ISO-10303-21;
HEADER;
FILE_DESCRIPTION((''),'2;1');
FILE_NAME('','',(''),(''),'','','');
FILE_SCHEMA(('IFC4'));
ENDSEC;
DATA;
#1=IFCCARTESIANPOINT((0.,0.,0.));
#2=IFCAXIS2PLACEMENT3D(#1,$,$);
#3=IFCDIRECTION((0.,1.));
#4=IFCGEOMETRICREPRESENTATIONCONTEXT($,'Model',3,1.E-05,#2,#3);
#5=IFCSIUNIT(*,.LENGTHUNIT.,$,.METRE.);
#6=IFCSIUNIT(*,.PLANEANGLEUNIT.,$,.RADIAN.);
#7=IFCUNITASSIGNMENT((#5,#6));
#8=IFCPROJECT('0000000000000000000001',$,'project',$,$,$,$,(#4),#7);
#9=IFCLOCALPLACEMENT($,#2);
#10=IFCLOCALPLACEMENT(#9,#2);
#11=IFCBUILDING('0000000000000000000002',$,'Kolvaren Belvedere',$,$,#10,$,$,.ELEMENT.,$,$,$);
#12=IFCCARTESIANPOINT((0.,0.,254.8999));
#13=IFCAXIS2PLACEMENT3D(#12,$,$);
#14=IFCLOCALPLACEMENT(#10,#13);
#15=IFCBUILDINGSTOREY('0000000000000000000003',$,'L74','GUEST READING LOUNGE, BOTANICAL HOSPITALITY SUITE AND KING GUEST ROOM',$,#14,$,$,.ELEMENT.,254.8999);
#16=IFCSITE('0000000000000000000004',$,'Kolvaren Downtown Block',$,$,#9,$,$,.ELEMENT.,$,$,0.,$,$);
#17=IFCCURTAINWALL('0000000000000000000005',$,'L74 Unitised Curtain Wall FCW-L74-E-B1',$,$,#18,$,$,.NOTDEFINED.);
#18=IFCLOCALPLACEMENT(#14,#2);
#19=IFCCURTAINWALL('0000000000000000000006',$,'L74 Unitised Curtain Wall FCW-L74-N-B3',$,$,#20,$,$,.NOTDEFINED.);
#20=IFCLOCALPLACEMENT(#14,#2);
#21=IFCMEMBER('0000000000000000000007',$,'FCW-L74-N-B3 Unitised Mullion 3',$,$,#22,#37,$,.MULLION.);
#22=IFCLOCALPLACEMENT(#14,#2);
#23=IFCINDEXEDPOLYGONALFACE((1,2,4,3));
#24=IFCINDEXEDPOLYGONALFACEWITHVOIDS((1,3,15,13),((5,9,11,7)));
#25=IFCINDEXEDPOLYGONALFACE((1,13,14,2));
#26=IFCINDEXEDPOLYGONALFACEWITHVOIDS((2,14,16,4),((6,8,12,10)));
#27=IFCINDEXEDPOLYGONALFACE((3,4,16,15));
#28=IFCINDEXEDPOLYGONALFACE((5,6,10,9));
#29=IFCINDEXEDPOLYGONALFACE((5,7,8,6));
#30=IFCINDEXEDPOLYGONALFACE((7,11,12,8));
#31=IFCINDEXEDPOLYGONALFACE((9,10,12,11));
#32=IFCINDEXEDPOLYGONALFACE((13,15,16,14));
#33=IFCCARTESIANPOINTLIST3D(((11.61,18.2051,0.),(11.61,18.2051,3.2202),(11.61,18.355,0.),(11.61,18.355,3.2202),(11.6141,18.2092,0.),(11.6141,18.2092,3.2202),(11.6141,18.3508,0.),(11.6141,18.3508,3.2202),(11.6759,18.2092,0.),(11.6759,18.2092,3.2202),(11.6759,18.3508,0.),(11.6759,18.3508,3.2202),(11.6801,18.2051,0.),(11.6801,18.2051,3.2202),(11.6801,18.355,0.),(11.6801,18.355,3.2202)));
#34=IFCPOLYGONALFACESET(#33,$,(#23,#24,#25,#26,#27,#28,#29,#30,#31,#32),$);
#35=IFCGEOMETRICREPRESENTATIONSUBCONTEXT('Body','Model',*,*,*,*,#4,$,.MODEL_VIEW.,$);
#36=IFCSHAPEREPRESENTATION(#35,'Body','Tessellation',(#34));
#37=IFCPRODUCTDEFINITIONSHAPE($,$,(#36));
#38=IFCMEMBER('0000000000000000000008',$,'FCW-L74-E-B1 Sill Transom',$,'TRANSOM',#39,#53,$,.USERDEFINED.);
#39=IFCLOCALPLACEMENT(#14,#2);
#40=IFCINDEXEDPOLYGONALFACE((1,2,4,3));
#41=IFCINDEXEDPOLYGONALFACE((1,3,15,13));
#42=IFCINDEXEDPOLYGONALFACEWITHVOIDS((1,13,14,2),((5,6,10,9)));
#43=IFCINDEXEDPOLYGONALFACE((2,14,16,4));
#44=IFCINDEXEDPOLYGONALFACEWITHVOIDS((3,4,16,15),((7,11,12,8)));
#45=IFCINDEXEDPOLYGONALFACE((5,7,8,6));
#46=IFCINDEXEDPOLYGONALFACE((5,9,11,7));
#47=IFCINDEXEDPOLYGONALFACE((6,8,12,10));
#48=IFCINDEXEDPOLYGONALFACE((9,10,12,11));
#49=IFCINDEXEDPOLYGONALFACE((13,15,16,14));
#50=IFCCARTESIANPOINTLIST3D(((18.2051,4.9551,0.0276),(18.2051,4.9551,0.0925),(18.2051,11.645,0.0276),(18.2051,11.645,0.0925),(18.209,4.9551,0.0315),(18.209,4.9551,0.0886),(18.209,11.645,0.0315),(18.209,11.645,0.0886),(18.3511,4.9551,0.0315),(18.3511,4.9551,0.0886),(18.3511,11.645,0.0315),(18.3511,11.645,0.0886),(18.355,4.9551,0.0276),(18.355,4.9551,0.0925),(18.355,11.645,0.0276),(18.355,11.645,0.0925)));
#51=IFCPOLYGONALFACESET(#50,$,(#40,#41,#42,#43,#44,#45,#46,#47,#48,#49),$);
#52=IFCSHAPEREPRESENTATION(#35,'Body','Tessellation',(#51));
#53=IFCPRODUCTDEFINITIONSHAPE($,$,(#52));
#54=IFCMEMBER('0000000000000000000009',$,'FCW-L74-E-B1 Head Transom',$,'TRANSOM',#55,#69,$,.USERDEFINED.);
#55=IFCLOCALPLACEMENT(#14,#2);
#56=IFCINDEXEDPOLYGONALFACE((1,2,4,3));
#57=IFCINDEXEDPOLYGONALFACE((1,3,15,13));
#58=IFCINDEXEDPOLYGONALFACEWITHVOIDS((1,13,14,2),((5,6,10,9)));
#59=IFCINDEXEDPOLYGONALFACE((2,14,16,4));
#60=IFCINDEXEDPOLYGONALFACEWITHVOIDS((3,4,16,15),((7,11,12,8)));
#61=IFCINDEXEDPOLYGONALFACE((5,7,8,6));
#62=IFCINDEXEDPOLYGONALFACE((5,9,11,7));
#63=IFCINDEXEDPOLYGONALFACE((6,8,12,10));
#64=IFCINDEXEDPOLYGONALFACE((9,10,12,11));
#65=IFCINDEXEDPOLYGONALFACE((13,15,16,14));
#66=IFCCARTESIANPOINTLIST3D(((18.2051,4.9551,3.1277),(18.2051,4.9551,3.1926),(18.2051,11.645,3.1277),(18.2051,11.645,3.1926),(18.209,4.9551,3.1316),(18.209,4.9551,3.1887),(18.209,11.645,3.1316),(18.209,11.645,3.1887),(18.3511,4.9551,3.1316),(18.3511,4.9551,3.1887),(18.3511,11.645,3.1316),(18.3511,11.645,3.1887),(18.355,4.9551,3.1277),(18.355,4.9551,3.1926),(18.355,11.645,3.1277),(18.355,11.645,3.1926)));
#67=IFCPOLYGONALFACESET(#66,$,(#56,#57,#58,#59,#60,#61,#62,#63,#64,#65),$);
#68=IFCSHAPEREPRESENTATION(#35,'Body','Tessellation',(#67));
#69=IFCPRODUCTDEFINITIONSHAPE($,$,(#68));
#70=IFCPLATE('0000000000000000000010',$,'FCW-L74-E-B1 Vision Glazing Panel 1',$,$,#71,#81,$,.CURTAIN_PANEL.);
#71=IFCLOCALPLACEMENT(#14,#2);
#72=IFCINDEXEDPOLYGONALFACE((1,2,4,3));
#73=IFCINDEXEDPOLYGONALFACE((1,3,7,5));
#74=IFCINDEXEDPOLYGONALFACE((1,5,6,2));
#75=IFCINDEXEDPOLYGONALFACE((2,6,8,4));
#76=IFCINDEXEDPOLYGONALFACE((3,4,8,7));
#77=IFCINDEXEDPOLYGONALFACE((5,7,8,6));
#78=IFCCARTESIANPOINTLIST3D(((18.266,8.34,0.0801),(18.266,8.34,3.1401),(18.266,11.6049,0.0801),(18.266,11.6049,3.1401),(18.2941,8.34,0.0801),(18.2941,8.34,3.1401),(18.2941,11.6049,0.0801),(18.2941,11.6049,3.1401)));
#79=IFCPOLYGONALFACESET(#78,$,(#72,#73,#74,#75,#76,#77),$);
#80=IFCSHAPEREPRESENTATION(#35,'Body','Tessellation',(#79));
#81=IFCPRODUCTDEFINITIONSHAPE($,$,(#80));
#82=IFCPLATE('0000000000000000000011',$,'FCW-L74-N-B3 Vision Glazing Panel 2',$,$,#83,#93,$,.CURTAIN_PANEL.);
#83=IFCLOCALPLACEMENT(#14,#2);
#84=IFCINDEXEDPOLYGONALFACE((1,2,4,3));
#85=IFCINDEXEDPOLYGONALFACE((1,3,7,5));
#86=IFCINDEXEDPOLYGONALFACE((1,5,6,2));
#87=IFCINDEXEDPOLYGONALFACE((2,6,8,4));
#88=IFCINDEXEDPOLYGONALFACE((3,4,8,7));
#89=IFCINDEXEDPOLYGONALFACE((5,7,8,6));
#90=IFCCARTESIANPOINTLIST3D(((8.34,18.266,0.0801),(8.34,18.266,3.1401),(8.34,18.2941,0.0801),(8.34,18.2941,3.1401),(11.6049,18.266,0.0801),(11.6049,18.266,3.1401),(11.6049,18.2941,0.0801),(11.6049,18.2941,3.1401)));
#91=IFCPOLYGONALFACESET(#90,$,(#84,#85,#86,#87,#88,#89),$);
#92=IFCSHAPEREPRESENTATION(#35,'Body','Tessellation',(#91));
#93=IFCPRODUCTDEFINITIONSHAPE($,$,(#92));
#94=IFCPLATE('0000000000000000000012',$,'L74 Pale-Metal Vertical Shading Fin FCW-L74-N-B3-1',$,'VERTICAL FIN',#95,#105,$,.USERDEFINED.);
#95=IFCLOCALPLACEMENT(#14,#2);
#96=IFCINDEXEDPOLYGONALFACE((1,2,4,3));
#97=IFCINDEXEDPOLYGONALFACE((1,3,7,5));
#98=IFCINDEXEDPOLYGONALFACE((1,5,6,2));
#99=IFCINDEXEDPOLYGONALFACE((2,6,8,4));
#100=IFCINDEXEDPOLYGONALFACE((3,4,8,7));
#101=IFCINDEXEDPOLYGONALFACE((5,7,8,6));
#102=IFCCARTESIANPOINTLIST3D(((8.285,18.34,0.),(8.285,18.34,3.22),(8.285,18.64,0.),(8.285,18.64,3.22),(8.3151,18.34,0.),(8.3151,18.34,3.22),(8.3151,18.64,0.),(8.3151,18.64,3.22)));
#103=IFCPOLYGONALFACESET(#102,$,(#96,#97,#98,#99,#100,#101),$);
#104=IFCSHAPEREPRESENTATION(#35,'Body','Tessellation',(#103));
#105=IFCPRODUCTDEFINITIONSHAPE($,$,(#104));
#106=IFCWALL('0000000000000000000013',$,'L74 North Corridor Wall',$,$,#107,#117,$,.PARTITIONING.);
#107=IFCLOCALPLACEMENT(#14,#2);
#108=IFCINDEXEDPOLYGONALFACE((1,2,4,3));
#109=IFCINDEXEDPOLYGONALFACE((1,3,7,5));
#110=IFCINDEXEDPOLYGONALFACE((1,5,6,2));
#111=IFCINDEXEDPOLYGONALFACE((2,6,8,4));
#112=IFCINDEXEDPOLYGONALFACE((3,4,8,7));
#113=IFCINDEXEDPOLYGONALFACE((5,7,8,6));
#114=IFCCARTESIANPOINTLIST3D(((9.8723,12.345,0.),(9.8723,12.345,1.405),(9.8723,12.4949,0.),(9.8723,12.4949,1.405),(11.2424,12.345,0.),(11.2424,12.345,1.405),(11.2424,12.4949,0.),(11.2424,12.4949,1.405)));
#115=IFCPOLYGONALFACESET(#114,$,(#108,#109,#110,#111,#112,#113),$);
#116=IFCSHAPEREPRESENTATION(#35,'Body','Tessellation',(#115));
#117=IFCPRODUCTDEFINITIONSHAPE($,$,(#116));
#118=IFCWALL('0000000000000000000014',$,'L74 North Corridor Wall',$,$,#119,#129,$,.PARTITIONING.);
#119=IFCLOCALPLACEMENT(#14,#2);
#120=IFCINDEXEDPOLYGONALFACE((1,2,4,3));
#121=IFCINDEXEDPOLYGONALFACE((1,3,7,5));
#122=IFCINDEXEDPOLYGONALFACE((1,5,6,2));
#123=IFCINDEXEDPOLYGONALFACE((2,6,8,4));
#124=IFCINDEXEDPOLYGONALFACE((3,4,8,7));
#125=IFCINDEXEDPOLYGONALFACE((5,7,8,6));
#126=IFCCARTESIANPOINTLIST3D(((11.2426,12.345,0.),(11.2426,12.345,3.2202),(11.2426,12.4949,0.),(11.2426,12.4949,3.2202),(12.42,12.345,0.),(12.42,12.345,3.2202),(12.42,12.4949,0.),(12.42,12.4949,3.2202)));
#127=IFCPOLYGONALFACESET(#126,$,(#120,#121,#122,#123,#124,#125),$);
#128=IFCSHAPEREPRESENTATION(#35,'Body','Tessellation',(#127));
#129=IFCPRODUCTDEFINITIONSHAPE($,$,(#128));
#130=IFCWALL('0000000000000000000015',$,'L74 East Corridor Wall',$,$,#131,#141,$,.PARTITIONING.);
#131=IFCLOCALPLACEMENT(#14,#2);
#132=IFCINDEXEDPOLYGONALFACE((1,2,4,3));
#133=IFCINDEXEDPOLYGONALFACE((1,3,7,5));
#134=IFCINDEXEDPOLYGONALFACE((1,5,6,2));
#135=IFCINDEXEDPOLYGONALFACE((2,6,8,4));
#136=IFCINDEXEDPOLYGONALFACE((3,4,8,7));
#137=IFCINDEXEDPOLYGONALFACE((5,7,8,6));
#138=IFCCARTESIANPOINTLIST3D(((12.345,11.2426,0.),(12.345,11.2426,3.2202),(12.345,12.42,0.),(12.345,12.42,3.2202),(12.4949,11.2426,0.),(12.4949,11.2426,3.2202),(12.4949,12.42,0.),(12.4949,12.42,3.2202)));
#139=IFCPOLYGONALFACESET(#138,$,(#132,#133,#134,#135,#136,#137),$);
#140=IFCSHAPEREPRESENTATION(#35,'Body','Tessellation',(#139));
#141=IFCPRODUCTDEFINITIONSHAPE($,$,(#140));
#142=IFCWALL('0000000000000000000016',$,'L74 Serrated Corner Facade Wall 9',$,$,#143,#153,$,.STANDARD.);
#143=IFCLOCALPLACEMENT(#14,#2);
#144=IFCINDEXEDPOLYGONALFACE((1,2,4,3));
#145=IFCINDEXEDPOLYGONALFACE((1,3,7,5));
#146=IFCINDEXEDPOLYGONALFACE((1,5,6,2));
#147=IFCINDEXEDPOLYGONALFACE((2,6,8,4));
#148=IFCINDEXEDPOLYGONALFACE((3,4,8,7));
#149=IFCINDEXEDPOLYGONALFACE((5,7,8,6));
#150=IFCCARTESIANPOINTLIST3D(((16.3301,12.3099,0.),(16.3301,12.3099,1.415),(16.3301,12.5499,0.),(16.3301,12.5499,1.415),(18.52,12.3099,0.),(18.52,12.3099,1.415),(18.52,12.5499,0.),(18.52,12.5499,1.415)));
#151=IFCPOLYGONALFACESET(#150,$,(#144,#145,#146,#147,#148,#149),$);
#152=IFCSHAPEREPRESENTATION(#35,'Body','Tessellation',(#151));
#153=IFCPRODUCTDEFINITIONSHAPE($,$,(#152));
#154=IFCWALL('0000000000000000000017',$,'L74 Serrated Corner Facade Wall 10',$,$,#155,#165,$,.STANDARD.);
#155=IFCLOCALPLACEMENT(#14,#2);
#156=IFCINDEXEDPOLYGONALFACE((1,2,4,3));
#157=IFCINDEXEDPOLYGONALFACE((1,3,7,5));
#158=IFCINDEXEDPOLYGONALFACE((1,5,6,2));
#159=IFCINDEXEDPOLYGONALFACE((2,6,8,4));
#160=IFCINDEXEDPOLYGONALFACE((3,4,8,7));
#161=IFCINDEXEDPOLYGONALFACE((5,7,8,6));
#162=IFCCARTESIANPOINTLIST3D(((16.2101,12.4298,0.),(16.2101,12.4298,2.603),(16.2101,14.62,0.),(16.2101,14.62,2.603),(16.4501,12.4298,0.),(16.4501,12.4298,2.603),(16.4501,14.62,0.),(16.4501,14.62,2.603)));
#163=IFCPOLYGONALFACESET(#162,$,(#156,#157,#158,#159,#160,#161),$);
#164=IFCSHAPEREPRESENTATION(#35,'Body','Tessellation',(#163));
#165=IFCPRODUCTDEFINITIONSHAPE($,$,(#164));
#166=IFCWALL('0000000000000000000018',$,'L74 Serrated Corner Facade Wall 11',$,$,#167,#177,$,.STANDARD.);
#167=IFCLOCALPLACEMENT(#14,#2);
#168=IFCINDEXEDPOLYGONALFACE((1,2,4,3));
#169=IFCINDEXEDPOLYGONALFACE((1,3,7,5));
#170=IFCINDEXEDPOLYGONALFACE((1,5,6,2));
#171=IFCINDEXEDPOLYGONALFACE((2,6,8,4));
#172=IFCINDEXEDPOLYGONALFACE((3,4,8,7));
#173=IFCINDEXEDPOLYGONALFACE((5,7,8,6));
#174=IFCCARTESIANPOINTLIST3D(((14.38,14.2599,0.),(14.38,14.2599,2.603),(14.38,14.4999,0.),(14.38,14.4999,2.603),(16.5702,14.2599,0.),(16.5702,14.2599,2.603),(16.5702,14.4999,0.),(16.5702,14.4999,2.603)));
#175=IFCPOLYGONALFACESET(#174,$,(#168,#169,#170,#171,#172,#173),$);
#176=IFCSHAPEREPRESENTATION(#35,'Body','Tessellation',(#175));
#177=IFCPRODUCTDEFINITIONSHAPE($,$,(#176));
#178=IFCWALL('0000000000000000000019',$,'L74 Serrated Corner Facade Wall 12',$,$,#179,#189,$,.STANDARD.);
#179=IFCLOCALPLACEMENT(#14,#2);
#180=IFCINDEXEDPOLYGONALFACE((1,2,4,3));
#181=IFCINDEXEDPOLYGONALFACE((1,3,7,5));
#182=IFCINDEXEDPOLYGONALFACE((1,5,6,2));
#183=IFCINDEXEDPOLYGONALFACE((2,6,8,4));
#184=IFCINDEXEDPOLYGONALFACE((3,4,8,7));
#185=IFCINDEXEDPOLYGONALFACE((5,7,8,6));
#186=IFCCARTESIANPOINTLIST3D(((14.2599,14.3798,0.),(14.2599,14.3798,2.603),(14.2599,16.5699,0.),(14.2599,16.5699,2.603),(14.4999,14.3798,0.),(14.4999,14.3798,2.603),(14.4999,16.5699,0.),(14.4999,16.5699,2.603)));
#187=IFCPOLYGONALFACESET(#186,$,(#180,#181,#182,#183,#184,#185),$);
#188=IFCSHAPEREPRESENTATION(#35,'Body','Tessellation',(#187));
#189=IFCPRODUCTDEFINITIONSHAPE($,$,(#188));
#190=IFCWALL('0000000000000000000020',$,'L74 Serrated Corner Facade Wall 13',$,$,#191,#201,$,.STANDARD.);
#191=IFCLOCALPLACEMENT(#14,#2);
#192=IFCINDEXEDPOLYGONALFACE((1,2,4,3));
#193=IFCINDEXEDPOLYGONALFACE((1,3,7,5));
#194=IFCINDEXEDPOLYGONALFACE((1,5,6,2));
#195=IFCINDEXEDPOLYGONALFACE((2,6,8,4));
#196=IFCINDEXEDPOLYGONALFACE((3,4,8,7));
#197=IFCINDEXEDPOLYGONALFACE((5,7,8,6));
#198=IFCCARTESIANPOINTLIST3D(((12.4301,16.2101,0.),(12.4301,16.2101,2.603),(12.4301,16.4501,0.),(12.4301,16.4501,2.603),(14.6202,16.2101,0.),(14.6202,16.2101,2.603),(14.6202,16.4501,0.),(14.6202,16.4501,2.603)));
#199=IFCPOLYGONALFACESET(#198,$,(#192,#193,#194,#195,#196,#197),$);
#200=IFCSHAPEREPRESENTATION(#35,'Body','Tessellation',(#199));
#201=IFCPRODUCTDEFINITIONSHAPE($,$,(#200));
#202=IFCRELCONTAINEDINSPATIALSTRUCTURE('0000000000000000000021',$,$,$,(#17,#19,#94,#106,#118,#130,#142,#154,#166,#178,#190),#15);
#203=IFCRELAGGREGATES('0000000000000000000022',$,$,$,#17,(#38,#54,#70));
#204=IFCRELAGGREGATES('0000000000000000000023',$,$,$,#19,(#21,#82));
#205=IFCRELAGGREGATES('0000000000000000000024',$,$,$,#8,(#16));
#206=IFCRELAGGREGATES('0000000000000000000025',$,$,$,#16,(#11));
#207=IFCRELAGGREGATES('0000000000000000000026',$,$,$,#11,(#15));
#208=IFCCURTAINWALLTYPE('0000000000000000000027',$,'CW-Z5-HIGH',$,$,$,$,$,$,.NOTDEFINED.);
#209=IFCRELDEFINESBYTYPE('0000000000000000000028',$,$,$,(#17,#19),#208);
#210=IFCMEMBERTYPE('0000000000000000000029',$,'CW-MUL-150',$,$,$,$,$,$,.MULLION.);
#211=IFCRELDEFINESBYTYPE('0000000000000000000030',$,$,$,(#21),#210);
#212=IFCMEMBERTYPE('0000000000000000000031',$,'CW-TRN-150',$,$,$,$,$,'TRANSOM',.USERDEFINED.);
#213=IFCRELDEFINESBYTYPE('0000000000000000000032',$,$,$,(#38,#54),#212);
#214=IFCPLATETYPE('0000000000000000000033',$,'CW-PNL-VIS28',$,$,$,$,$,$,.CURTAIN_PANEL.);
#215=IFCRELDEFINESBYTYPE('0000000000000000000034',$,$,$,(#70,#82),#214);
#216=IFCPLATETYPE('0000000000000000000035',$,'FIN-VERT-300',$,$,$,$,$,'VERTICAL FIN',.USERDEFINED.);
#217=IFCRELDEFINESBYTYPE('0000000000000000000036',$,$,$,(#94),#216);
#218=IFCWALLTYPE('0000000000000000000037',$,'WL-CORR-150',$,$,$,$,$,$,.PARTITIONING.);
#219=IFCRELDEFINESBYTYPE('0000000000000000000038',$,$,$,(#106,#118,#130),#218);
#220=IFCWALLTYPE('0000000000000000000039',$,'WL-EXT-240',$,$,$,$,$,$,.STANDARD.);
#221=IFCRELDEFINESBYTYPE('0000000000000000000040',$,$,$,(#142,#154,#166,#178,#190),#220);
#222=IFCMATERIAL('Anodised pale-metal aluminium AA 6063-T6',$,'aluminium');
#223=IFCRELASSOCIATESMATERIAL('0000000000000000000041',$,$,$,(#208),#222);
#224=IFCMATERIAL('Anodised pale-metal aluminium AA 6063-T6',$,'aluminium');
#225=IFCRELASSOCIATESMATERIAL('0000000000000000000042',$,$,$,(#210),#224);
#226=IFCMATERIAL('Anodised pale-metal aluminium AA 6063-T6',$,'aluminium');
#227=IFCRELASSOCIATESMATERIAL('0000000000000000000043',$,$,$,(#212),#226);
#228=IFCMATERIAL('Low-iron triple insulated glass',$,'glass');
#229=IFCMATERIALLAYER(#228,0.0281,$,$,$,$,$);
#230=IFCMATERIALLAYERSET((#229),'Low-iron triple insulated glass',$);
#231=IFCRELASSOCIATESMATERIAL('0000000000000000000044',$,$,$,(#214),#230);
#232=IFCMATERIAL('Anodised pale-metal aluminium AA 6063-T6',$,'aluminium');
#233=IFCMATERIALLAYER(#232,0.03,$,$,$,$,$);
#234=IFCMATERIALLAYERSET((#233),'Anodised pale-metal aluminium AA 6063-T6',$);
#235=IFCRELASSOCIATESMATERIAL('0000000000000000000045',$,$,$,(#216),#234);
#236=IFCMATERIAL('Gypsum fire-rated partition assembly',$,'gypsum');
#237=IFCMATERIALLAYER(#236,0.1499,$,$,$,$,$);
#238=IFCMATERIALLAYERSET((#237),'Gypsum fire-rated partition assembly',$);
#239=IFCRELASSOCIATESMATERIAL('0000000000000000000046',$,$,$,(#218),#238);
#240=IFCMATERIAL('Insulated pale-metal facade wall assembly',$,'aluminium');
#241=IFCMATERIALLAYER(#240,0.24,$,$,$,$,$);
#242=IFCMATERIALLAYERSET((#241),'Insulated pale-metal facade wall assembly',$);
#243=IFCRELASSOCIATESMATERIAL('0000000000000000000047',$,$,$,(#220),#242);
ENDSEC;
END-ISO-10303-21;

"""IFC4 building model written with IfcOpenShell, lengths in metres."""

from ifc_helpers import new_model, si_unit, direction, frame, frame_2d, origin, origin_2d, place, context, subcontext, project, spatial, rectangle, hollow_rectangle, extrude, material, layer, layer_set, material_profile, profile_set, type_object, element, aggregate, save


model = new_model("IFC4")

# Units and contexts
model_context = context("Model", 3, precision=1e-05, world=origin(), true_north=direction((0.0, 1.0)))
body_context = subcontext(model_context, "Body", "Model", "MODEL_VIEW")
ifc_project = project(units=[si_unit("LENGTHUNIT", "METRE"), si_unit("PLANEANGLEUNIT", "RADIAN")], contexts=[model_context])

# Site, building, storey
site_placement = place(None, origin())
site = spatial("IfcSite", under=ifc_project, at=site_placement, Name="Kolvaren Downtown Block", CompositionType="ELEMENT", RefElevation=0.0)
building_placement = place(site_placement, origin())
building = spatial("IfcBuilding", under=site, at=building_placement, Name="Kolvaren Belvedere", CompositionType="ELEMENT")
storey_placement = place(building_placement, frame((0.0, 0.0, 254.8999)))
storey = spatial("IfcBuildingStorey", under=building, at=storey_placement, Name="L74", Description="GUEST READING LOUNGE, BOTANICAL HOSPITALITY SUITE AND KING GUEST ROOM", CompositionType="ELEMENT", Elevation=254.8999)

# Curtain walls, member
ifc_material_1 = material(Name="Anodised pale-metal aluminium AA 6063-T6", Category="aluminium")
curtain_wall_type = type_object("IfcCurtainWallType", Name="CW-Z5-HIGH", PredefinedType="NOTDEFINED", material=ifc_material_1)
curtain_wall_1_placement = place(storey_placement, origin())
curtain_wall_1 = element("IfcCurtainWall", 1, at=curtain_wall_1_placement, inside=storey, type_object=curtain_wall_type, Name="L74 Unitised Curtain Wall FCW-L74-E-B1", PredefinedType="NOTDEFINED")
ifc_material_2 = material(Name="Anodised pale-metal aluminium AA 6063-T6", Category="aluminium")
ifc_material_profile_1 = material_profile(ifc_material_2, hollow_rectangle(XDim=0.0701, YDim=0.1499, WallThickness=0.0042, at=origin_2d()), Name="ALU-MUL-150X70")
ifc_profile_set_1 = profile_set([ifc_material_profile_1], Name="Anodised pale-metal aluminium AA 6063-T6")
member_type_1 = type_object("IfcMemberType", Name="CW-MUL-150", PredefinedType="MULLION", material=ifc_profile_set_1)
curtain_wall_2_placement = place(storey_placement, origin())
curtain_wall_2 = element("IfcCurtainWall", 2, at=curtain_wall_2_placement, inside=storey, type_object=curtain_wall_type, Name="L74 Unitised Curtain Wall FCW-L74-N-B3", PredefinedType="NOTDEFINED")
member_1_placement = place(storey_placement, frame((11.645, 18.28, 0.0), z_axis=(0.0, 0.0, 1.0), x_axis=(1.0, 0.0, 0.0)))
member_1 = element("IfcMember", 3, at=member_1_placement, type_object=member_type_1, Name="FCW-L74-N-B3 Unitised Mullion 3", PredefinedType="MULLION", context=body_context, shape_type="SweptSolid", body=[
    extrude(hollow_rectangle(XDim=0.0701, YDim=0.1499, WallThickness=0.0042, at=origin_2d()), origin(), (0.0, 0.0, 1.0), 3.2202),
])

# Members
ifc_material_3 = material(Name="Anodised pale-metal aluminium AA 6063-T6", Category="aluminium")
ifc_material_profile_2 = material_profile(ifc_material_3, hollow_rectangle(XDim=0.0649, YDim=0.1499, WallThickness=0.0039, at=origin_2d()), Name="ALU-TRN-150X65")
ifc_profile_set_2 = profile_set([ifc_material_profile_2], Name="Anodised pale-metal aluminium AA 6063-T6")
member_type_2 = type_object("IfcMemberType", Name="CW-TRN-150", ElementType="TRANSOM", PredefinedType="USERDEFINED", material=ifc_profile_set_2)
member_2_placement = place(storey_placement, frame((18.28, 11.645, 0.0601), z_axis=(0.0, -1.0, 0.0), x_axis=(0.0, 0.0, 1.0)))
member_2 = element("IfcMember", 4, at=member_2_placement, type_object=member_type_2, Name="FCW-L74-E-B1 Sill Transom", ObjectType="TRANSOM", PredefinedType="USERDEFINED", context=body_context, shape_type="SweptSolid", body=[
    extrude(hollow_rectangle(XDim=0.0649, YDim=0.1499, WallThickness=0.0039, at=origin_2d()), origin(), (0.0, 0.0, 1.0), 6.6899),
])
member_3_placement = place(storey_placement, frame((18.28, 11.645, 3.1602), z_axis=(0.0, -1.0, 0.0), x_axis=(0.0, 0.0, 1.0)))
member_3 = element("IfcMember", 5, at=member_3_placement, type_object=member_type_2, Name="FCW-L74-E-B1 Head Transom", ObjectType="TRANSOM", PredefinedType="USERDEFINED", context=body_context, shape_type="SweptSolid", body=[
    extrude(hollow_rectangle(XDim=0.0649, YDim=0.1499, WallThickness=0.0039, at=origin_2d()), origin(), (0.0, 0.0, 1.0), 6.6899),
])

# Plates
ifc_material_4 = material(Name="Low-iron triple insulated glass", Category="glass")
ifc_layer_1 = layer(ifc_material_4, 0.0281)
ifc_layer_set_1 = layer_set([ifc_layer_1], Name="Low-iron triple insulated glass")
plate_type_1 = type_object("IfcPlateType", Name="CW-PNL-VIS28", PredefinedType="CURTAIN_PANEL", material=ifc_layer_set_1)
plate_1_placement = place(storey_placement, frame((18.28, 9.9724, 0.0801), z_axis=(0.0, 0.0, 1.0), x_axis=(0.0, -1.0, 0.0)))
plate_1 = element("IfcPlate", 6, at=plate_1_placement, type_object=plate_type_1, Name="FCW-L74-E-B1 Vision Glazing Panel 1", PredefinedType="CURTAIN_PANEL", context=body_context, shape_type="SweptSolid", body=[
    extrude(rectangle(XDim=3.2649, YDim=0.0281, at=origin_2d()), origin(), (0.0, 0.0, 1.0), 3.0601),
])
aggregate(curtain_wall_1, [member_2, member_3, plate_1])
plate_2_placement = place(storey_placement, frame((9.9724, 18.28, 0.0801), z_axis=(0.0, 0.0, 1.0), x_axis=(1.0, 0.0, 0.0)))
plate_2 = element("IfcPlate", 7, at=plate_2_placement, type_object=plate_type_1, Name="FCW-L74-N-B3 Vision Glazing Panel 2", PredefinedType="CURTAIN_PANEL", context=body_context, shape_type="SweptSolid", body=[
    extrude(rectangle(XDim=3.2649, YDim=0.0281, at=origin_2d()), origin(), (0.0, 0.0, 1.0), 3.0601),
])
aggregate(curtain_wall_2, [member_1, plate_2])
ifc_material_5 = material(Name="Anodised pale-metal aluminium AA 6063-T6", Category="aluminium")
ifc_layer_2 = layer(ifc_material_5, 0.03)
ifc_layer_set_2 = layer_set([ifc_layer_2], Name="Anodised pale-metal aluminium AA 6063-T6")
plate_type_2 = type_object("IfcPlateType", Name="FIN-VERT-300", ElementType="VERTICAL FIN", PredefinedType="USERDEFINED", material=ifc_layer_set_2)
plate_3_placement = place(storey_placement, frame((8.3, 18.49, 0.0), z_axis=(0.0, 0.0, 1.0), x_axis=(0.0, 1.0, 0.0)))
element("IfcPlate", 8, at=plate_3_placement, inside=storey, type_object=plate_type_2, Name="L74 Pale-Metal Vertical Shading Fin FCW-L74-N-B3-1", ObjectType="VERTICAL FIN", PredefinedType="USERDEFINED", context=body_context, shape_type="SweptSolid", body=[
    extrude(rectangle(XDim=0.3, YDim=0.03, at=origin_2d()), origin(), (0.0, 0.0, 1.0), 3.22),
])

# Walls
ifc_material_6 = material(Name="Gypsum fire-rated partition assembly", Category="gypsum")
ifc_layer_3 = layer(ifc_material_6, 0.1499)
ifc_layer_set_3 = layer_set([ifc_layer_3], Name="Gypsum fire-rated partition assembly")
wall_type_1 = type_object("IfcWallType", Name="WL-CORR-150", PredefinedType="PARTITIONING", material=ifc_layer_set_3)
wall_1_placement = place(storey_placement, frame((9.8723, 12.4199, 0.0), z_axis=(0.0, 0.0, 1.0), x_axis=(1.0, 0.0, 0.0)))
element("IfcWall", 9, at=wall_1_placement, inside=storey, type_object=wall_type_1, Name="L74 North Corridor Wall", PredefinedType="PARTITIONING", context=body_context, shape_type="SweptSolid", body=[
    extrude(rectangle(XDim=1.3701, YDim=0.1499, at=frame_2d((0.6851, 0.0))), origin(), (0.0, 0.0, 1.0), 1.405),
])
for number, where, z_axis, x_axis, name in (
    (10, (11.2424, 12.4199, 0.0), (0.0, 0.0, 1.0), (1.0, 0.0, 0.0), "L74 North Corridor Wall"),
    (11, (12.4199, 11.2424, 0.0), (0.0, 0.0, 1.0), (0.0, 1.0, 0.0), "L74 East Corridor Wall"),
):
    element("IfcWall", number, at=place(storey_placement, frame(where, z_axis=z_axis, x_axis=x_axis)), inside=storey, type_object=wall_type_1, Name=name, PredefinedType="PARTITIONING", context=body_context, shape_type="SweptSolid", body=[
        extrude(rectangle(XDim=1.1775, YDim=0.1499, at=frame_2d((0.5889, 0.0))), origin(), (0.0, 0.0, 1.0), 3.2202),
    ])
ifc_material_7 = material(Name="Insulated pale-metal facade wall assembly", Category="aluminium")
ifc_layer_4 = layer(ifc_material_7, 0.24)
ifc_layer_set_4 = layer_set([ifc_layer_4], Name="Insulated pale-metal facade wall assembly")
wall_type_2 = type_object("IfcWallType", Name="WL-EXT-240", PredefinedType="STANDARD", material=ifc_layer_set_4)
wall_2_placement = place(storey_placement, frame((16.3301, 12.4299, 0.0), z_axis=(0.0, 0.0, 1.0), x_axis=(1.0, 0.0, 0.0)))
element("IfcWall", 12, at=wall_2_placement, inside=storey, type_object=wall_type_2, Name="L74 Serrated Corner Facade Wall 9", PredefinedType="STANDARD", context=body_context, shape_type="SweptSolid", body=[
    extrude(rectangle(XDim=2.1899, YDim=0.24, at=frame_2d((1.095, 0.0))), origin(), (0.0, 0.0, 1.0), 1.415),
])
for number, where, z_axis, x_axis, name in (
    (13, (16.3301, 14.6201, 0.0), (0.0, 0.0, 1.0), (0.0, -1.0, 0.0), "L74 Serrated Corner Facade Wall 10"),
    (14, (14.3799, 14.3799, 0.0), (0.0, 0.0, 1.0), (1.0, 0.0, 0.0), "L74 Serrated Corner Facade Wall 11"),
    (15, (14.3799, 16.5701, 0.0), (0.0, 0.0, 1.0), (0.0, -1.0, 0.0), "L74 Serrated Corner Facade Wall 12"),
    (16, (12.4299, 16.3301, 0.0), (0.0, 0.0, 1.0), (1.0, 0.0, 0.0), "L74 Serrated Corner Facade Wall 13"),
):
    element("IfcWall", number, at=place(storey_placement, frame(where, z_axis=z_axis, x_axis=x_axis)), inside=storey, type_object=wall_type_2, Name=name, PredefinedType="STANDARD", context=body_context, shape_type="SweptSolid", body=[
        extrude(rectangle(XDim=2.1902, YDim=0.24, at=frame_2d((1.0952, 0.0))), origin(), (0.0, 0.0, 1.0), 2.603),
    ])

save(model, "model.ifc")
